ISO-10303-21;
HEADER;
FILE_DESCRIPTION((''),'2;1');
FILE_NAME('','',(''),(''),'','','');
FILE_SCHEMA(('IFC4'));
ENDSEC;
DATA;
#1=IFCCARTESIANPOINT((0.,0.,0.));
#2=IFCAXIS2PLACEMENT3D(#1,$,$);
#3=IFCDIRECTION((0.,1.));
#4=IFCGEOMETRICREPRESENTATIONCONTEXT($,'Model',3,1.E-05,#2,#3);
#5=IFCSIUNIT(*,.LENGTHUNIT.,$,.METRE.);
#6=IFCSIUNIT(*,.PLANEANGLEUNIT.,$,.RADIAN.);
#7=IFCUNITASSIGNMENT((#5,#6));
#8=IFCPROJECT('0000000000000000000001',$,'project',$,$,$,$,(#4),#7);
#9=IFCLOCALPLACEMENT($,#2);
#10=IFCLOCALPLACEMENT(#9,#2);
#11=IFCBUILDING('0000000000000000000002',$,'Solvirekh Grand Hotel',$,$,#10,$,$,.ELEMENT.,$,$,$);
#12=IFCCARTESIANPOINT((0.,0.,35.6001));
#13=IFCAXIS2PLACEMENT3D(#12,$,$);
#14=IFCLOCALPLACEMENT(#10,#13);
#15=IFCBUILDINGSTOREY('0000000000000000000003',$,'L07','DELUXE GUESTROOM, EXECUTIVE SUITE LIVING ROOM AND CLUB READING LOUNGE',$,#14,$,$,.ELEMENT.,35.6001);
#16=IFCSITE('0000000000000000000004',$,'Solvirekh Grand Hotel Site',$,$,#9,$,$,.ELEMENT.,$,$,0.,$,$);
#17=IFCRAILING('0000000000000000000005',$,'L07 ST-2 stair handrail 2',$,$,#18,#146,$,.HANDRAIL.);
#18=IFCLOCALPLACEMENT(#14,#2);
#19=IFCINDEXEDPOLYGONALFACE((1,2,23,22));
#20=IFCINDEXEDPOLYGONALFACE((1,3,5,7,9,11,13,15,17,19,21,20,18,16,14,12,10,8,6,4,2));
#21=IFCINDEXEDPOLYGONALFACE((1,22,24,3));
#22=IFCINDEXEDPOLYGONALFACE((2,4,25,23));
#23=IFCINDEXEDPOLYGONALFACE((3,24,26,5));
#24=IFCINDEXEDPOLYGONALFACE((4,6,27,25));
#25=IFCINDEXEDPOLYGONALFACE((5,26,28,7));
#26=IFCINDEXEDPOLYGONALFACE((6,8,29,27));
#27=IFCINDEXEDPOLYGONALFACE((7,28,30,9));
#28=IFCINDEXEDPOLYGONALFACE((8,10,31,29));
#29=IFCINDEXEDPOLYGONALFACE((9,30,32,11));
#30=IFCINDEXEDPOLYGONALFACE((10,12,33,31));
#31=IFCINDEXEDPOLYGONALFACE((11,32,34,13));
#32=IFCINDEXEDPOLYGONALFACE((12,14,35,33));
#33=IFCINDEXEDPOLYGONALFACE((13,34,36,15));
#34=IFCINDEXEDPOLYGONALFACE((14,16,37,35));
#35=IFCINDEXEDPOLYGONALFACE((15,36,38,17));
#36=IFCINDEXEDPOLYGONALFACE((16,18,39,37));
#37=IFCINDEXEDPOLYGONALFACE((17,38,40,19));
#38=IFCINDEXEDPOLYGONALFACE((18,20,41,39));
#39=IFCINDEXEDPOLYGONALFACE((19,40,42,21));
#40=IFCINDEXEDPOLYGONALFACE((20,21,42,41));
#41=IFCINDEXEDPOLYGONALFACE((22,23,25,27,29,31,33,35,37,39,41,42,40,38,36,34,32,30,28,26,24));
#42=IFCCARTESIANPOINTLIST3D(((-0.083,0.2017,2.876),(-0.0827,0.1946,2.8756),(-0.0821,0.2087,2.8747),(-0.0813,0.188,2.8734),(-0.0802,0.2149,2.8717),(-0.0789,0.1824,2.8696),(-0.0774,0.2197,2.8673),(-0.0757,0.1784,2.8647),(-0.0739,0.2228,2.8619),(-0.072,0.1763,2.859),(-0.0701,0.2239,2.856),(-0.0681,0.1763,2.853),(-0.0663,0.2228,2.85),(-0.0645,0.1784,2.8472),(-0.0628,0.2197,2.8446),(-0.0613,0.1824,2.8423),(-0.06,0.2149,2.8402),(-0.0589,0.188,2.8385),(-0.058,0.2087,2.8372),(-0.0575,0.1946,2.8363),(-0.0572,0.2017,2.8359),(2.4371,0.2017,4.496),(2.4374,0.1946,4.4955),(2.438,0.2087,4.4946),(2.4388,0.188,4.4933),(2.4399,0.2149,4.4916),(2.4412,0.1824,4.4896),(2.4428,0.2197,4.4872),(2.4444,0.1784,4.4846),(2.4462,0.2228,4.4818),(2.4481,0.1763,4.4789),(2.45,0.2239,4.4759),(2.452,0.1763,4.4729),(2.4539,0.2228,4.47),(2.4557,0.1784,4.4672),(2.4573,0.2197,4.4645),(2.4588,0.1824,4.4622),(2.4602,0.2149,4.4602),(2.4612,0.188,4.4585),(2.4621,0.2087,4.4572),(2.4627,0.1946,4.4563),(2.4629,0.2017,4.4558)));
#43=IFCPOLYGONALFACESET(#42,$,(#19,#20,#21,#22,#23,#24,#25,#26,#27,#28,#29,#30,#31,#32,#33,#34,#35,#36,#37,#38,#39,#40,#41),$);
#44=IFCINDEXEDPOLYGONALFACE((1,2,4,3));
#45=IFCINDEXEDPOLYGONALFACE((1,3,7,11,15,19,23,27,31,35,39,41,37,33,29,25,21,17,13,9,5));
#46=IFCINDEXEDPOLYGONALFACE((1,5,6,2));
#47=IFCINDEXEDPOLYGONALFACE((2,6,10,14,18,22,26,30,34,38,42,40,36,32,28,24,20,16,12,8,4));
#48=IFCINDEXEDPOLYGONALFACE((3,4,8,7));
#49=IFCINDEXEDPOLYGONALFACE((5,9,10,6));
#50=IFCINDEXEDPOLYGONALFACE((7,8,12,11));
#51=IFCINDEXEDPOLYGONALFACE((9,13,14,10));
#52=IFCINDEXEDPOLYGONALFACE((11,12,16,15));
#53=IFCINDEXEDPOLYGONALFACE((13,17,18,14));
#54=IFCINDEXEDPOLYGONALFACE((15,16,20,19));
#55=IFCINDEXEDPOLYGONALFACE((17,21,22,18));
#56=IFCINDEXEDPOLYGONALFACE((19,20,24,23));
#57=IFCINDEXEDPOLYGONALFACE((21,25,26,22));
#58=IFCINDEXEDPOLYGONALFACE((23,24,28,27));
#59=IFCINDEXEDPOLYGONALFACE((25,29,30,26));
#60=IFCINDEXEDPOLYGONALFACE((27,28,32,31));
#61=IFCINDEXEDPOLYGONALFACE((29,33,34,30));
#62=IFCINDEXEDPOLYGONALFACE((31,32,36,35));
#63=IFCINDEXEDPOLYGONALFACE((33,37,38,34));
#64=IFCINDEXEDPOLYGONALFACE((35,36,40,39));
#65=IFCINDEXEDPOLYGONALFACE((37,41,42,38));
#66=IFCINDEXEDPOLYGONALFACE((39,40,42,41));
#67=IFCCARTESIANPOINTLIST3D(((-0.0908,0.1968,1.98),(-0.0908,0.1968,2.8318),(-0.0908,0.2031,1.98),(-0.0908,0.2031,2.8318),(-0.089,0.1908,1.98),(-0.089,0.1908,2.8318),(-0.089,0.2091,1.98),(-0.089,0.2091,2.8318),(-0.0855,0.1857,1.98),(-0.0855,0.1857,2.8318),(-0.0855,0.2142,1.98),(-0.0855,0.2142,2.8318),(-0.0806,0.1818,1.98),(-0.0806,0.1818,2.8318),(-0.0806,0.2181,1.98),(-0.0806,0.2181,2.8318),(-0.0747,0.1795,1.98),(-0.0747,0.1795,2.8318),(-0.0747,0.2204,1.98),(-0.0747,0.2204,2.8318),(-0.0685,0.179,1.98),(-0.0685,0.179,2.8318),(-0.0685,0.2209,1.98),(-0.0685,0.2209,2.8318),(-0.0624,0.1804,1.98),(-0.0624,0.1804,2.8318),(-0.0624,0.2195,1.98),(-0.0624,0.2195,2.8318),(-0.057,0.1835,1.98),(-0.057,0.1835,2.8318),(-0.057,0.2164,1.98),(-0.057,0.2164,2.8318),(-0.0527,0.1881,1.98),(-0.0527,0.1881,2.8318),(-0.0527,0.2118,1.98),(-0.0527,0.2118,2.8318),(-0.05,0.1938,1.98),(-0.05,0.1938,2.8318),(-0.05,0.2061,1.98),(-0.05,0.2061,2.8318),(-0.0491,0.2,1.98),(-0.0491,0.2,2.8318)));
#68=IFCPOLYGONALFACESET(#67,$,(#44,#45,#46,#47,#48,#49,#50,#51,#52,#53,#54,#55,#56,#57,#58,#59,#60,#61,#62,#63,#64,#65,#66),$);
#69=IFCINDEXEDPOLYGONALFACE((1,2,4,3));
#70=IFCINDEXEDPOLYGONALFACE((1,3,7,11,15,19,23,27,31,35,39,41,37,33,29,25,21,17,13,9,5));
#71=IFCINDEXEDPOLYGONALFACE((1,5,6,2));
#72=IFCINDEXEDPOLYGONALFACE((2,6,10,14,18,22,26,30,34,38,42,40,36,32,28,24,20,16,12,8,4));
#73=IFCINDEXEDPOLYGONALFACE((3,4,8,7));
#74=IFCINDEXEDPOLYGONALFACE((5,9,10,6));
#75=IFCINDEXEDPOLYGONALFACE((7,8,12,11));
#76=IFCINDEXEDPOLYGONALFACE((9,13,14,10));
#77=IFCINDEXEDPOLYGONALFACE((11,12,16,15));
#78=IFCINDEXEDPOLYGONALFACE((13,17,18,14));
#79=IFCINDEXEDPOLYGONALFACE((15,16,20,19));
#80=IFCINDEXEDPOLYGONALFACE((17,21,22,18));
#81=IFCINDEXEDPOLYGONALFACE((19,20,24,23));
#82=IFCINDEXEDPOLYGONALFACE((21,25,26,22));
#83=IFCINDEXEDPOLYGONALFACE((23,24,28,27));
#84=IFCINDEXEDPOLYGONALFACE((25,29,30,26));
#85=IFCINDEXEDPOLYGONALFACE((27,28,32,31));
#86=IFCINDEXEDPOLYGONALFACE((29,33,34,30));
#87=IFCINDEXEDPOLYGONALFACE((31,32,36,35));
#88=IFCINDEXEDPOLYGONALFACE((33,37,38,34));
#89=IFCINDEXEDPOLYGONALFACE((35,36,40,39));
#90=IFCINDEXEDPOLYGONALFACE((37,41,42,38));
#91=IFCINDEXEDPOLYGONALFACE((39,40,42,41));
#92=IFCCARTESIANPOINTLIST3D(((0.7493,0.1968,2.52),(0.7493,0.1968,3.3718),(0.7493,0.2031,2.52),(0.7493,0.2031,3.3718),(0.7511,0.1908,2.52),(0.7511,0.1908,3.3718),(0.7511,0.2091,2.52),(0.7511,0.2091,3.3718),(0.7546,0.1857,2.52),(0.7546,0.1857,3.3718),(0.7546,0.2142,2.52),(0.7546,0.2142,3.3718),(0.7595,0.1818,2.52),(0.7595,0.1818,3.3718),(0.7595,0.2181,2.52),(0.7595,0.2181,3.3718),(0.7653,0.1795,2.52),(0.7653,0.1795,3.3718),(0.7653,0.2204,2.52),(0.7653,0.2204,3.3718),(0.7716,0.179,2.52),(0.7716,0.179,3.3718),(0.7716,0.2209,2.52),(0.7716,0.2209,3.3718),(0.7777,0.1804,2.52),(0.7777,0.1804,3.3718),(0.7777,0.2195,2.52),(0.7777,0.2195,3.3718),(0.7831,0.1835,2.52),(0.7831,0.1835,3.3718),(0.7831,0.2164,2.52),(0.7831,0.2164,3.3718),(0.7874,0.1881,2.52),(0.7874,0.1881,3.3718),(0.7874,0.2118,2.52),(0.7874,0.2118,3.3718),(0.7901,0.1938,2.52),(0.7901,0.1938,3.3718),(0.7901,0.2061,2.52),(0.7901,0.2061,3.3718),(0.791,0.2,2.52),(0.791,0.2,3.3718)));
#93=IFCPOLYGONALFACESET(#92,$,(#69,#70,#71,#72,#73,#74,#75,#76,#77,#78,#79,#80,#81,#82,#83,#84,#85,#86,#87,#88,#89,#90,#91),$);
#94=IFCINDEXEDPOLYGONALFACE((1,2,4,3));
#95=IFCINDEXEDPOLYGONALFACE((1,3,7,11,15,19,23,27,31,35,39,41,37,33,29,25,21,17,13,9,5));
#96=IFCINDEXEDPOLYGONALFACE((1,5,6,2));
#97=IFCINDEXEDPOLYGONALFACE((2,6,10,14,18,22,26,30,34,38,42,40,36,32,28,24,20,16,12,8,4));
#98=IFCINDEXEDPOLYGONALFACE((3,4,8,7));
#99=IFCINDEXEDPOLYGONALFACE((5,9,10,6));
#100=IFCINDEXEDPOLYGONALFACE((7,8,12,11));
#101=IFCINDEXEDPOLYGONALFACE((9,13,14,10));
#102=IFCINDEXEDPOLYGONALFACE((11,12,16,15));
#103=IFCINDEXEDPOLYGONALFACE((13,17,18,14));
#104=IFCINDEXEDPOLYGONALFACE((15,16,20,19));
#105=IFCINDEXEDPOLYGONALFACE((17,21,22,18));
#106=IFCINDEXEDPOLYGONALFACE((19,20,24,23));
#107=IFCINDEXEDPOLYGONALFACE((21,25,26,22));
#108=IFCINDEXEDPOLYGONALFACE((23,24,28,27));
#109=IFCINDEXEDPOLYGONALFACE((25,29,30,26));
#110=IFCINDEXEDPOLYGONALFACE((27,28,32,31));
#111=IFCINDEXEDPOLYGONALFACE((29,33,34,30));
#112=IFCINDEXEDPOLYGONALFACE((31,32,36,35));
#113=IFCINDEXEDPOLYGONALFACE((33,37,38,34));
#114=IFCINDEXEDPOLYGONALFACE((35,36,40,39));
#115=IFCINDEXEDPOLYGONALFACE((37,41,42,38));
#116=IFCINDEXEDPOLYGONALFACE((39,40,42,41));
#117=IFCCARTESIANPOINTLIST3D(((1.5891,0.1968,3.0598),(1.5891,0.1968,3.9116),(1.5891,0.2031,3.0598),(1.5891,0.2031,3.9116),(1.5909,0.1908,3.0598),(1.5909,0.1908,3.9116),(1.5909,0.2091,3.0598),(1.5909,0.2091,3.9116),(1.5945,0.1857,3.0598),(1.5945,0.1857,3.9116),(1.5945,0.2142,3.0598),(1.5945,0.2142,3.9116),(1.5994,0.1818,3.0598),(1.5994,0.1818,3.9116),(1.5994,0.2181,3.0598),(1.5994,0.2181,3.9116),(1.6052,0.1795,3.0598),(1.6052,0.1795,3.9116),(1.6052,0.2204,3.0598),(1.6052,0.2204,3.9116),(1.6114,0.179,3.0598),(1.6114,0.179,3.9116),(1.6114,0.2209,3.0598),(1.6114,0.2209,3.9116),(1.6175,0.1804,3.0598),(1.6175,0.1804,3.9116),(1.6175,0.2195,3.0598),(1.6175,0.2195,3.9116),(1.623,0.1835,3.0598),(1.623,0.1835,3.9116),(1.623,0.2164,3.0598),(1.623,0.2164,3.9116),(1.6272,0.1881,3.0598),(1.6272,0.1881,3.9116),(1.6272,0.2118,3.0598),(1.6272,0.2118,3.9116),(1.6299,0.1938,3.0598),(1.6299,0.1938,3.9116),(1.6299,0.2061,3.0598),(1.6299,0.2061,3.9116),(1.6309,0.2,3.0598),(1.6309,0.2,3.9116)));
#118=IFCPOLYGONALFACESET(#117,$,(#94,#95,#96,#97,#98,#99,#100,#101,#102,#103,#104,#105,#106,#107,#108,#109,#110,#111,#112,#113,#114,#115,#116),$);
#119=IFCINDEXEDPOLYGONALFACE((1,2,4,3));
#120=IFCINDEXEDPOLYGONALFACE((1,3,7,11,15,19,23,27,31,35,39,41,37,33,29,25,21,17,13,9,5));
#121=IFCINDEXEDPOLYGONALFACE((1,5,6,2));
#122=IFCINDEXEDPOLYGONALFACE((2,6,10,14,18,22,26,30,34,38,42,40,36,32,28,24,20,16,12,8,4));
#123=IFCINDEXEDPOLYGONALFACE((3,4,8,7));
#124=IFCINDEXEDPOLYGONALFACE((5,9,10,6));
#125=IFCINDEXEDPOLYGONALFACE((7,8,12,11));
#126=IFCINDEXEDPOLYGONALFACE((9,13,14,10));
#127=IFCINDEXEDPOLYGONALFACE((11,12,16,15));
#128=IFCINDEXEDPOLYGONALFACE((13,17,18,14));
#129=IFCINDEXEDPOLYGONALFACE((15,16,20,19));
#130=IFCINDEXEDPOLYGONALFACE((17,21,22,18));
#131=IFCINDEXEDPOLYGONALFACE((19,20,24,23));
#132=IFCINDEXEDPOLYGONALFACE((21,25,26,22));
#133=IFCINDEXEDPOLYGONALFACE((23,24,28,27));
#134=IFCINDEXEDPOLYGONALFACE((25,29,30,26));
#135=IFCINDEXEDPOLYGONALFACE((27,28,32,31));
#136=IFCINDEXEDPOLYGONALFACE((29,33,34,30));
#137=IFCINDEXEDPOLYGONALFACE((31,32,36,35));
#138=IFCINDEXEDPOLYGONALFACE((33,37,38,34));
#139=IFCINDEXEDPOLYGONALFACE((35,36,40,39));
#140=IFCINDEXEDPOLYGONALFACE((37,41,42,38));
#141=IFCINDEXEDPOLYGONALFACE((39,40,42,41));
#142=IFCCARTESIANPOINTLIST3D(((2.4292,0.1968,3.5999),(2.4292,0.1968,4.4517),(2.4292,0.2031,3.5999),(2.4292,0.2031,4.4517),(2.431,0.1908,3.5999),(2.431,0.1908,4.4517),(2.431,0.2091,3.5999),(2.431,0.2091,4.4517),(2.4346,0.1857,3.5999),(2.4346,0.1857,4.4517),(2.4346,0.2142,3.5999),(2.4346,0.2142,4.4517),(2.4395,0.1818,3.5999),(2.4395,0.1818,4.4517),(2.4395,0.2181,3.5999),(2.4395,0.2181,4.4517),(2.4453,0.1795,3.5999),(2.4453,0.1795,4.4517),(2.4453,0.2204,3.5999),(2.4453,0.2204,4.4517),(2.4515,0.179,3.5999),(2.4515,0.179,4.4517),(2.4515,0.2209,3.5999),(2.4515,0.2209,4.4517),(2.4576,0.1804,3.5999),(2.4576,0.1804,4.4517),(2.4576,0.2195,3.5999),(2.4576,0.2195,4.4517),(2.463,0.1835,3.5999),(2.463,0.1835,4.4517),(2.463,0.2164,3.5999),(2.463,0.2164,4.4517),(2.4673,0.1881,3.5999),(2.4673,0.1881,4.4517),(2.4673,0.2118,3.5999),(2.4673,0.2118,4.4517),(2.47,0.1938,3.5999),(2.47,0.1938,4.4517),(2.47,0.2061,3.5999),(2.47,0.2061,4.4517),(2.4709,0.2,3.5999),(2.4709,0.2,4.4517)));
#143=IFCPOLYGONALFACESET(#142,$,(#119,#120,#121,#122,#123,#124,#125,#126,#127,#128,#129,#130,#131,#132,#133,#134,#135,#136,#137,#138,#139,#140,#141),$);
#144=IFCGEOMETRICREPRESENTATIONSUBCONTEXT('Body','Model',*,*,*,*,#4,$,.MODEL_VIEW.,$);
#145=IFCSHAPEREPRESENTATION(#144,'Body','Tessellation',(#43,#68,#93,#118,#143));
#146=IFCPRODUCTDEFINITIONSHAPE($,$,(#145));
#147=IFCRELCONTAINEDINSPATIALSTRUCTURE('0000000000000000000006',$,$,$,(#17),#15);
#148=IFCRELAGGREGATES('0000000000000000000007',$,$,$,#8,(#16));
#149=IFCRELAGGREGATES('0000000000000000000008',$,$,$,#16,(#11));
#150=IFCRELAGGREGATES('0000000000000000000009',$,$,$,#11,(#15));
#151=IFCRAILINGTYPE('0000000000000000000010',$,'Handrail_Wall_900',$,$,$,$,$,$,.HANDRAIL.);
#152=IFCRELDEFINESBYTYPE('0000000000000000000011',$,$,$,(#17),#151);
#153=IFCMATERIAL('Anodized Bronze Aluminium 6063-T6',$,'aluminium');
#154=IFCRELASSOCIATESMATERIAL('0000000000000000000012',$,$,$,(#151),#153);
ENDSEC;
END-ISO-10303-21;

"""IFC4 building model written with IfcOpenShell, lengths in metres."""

from ifc_helpers import new_model, si_unit, direction, frame, origin, origin_2d, place, context, subcontext, project, spatial, circle, extrude, material, type_object, element, save


model = new_model("IFC4")

# Units and contexts
model_context = context("Model", 3, precision=1e-05, world=origin(), true_north=direction((0.0, 1.0)))
body_context = subcontext(model_context, "Body", "Model", "MODEL_VIEW")
ifc_project = project(units=[si_unit("LENGTHUNIT", "METRE"), si_unit("PLANEANGLEUNIT", "RADIAN")], contexts=[model_context])

# Site, building, storey
site_placement = place(None, origin())
site = spatial("IfcSite", under=ifc_project, at=site_placement, Name="Solvirekh Grand Hotel Site", CompositionType="ELEMENT", RefElevation=0.0)
building_placement = place(site_placement, origin())
building = spatial("IfcBuilding", under=site, at=building_placement, Name="Solvirekh Grand Hotel", CompositionType="ELEMENT")
storey_placement = place(building_placement, frame((0.0, 0.0, 35.6001)))
storey = spatial("IfcBuildingStorey", under=building, at=storey_placement, Name="L07", Description="DELUXE GUESTROOM, EXECUTIVE SUITE LIVING ROOM AND CLUB READING LOUNGE", CompositionType="ELEMENT", Elevation=35.6001)

# Railing
ifc_material_1 = material(Name="Anodized Bronze Aluminium 6063-T6", Category="aluminium")
railing_type_1 = type_object("IfcRailingType", Name="Handrail_Wall_900", PredefinedType="HANDRAIL", material=ifc_material_1)
railing_1_placement = place(storey_placement, frame((-0.0701, 0.2, 1.98)))
element("IfcRailing", 1, at=railing_1_placement, inside=storey, type_object=railing_type_1, Name="L07 ST-2 stair handrail 2", PredefinedType="HANDRAIL", context=body_context, shape_type="SweptSolid", body=[
    extrude(circle(Radius=0.0239, at=origin_2d()), frame((0.0, 0.0, 0.876), z_axis=(0.8412, 0.0, 0.540725), x_axis=(0.0, 1.0, 0.0)), (0.0, 0.0, 1.0), 2.9958),
    extrude(circle(Radius=0.021, at=origin_2d()), origin(), (0.0, 0.0, 1.0), 0.8518),
    extrude(circle(Radius=0.021, at=origin_2d()), frame((0.8401, 0.0, 0.54)), (0.0, 0.0, 1.0), 0.8518),
    extrude(circle(Radius=0.021, at=origin_2d()), frame((1.6799, 0.0, 1.0798)), (0.0, 0.0, 1.0), 0.8518),
    extrude(circle(Radius=0.021, at=origin_2d()), frame((2.52, 0.0, 1.6199)), (0.0, 0.0, 1.0), 0.8518),
])

save(model, "model.ifc")
